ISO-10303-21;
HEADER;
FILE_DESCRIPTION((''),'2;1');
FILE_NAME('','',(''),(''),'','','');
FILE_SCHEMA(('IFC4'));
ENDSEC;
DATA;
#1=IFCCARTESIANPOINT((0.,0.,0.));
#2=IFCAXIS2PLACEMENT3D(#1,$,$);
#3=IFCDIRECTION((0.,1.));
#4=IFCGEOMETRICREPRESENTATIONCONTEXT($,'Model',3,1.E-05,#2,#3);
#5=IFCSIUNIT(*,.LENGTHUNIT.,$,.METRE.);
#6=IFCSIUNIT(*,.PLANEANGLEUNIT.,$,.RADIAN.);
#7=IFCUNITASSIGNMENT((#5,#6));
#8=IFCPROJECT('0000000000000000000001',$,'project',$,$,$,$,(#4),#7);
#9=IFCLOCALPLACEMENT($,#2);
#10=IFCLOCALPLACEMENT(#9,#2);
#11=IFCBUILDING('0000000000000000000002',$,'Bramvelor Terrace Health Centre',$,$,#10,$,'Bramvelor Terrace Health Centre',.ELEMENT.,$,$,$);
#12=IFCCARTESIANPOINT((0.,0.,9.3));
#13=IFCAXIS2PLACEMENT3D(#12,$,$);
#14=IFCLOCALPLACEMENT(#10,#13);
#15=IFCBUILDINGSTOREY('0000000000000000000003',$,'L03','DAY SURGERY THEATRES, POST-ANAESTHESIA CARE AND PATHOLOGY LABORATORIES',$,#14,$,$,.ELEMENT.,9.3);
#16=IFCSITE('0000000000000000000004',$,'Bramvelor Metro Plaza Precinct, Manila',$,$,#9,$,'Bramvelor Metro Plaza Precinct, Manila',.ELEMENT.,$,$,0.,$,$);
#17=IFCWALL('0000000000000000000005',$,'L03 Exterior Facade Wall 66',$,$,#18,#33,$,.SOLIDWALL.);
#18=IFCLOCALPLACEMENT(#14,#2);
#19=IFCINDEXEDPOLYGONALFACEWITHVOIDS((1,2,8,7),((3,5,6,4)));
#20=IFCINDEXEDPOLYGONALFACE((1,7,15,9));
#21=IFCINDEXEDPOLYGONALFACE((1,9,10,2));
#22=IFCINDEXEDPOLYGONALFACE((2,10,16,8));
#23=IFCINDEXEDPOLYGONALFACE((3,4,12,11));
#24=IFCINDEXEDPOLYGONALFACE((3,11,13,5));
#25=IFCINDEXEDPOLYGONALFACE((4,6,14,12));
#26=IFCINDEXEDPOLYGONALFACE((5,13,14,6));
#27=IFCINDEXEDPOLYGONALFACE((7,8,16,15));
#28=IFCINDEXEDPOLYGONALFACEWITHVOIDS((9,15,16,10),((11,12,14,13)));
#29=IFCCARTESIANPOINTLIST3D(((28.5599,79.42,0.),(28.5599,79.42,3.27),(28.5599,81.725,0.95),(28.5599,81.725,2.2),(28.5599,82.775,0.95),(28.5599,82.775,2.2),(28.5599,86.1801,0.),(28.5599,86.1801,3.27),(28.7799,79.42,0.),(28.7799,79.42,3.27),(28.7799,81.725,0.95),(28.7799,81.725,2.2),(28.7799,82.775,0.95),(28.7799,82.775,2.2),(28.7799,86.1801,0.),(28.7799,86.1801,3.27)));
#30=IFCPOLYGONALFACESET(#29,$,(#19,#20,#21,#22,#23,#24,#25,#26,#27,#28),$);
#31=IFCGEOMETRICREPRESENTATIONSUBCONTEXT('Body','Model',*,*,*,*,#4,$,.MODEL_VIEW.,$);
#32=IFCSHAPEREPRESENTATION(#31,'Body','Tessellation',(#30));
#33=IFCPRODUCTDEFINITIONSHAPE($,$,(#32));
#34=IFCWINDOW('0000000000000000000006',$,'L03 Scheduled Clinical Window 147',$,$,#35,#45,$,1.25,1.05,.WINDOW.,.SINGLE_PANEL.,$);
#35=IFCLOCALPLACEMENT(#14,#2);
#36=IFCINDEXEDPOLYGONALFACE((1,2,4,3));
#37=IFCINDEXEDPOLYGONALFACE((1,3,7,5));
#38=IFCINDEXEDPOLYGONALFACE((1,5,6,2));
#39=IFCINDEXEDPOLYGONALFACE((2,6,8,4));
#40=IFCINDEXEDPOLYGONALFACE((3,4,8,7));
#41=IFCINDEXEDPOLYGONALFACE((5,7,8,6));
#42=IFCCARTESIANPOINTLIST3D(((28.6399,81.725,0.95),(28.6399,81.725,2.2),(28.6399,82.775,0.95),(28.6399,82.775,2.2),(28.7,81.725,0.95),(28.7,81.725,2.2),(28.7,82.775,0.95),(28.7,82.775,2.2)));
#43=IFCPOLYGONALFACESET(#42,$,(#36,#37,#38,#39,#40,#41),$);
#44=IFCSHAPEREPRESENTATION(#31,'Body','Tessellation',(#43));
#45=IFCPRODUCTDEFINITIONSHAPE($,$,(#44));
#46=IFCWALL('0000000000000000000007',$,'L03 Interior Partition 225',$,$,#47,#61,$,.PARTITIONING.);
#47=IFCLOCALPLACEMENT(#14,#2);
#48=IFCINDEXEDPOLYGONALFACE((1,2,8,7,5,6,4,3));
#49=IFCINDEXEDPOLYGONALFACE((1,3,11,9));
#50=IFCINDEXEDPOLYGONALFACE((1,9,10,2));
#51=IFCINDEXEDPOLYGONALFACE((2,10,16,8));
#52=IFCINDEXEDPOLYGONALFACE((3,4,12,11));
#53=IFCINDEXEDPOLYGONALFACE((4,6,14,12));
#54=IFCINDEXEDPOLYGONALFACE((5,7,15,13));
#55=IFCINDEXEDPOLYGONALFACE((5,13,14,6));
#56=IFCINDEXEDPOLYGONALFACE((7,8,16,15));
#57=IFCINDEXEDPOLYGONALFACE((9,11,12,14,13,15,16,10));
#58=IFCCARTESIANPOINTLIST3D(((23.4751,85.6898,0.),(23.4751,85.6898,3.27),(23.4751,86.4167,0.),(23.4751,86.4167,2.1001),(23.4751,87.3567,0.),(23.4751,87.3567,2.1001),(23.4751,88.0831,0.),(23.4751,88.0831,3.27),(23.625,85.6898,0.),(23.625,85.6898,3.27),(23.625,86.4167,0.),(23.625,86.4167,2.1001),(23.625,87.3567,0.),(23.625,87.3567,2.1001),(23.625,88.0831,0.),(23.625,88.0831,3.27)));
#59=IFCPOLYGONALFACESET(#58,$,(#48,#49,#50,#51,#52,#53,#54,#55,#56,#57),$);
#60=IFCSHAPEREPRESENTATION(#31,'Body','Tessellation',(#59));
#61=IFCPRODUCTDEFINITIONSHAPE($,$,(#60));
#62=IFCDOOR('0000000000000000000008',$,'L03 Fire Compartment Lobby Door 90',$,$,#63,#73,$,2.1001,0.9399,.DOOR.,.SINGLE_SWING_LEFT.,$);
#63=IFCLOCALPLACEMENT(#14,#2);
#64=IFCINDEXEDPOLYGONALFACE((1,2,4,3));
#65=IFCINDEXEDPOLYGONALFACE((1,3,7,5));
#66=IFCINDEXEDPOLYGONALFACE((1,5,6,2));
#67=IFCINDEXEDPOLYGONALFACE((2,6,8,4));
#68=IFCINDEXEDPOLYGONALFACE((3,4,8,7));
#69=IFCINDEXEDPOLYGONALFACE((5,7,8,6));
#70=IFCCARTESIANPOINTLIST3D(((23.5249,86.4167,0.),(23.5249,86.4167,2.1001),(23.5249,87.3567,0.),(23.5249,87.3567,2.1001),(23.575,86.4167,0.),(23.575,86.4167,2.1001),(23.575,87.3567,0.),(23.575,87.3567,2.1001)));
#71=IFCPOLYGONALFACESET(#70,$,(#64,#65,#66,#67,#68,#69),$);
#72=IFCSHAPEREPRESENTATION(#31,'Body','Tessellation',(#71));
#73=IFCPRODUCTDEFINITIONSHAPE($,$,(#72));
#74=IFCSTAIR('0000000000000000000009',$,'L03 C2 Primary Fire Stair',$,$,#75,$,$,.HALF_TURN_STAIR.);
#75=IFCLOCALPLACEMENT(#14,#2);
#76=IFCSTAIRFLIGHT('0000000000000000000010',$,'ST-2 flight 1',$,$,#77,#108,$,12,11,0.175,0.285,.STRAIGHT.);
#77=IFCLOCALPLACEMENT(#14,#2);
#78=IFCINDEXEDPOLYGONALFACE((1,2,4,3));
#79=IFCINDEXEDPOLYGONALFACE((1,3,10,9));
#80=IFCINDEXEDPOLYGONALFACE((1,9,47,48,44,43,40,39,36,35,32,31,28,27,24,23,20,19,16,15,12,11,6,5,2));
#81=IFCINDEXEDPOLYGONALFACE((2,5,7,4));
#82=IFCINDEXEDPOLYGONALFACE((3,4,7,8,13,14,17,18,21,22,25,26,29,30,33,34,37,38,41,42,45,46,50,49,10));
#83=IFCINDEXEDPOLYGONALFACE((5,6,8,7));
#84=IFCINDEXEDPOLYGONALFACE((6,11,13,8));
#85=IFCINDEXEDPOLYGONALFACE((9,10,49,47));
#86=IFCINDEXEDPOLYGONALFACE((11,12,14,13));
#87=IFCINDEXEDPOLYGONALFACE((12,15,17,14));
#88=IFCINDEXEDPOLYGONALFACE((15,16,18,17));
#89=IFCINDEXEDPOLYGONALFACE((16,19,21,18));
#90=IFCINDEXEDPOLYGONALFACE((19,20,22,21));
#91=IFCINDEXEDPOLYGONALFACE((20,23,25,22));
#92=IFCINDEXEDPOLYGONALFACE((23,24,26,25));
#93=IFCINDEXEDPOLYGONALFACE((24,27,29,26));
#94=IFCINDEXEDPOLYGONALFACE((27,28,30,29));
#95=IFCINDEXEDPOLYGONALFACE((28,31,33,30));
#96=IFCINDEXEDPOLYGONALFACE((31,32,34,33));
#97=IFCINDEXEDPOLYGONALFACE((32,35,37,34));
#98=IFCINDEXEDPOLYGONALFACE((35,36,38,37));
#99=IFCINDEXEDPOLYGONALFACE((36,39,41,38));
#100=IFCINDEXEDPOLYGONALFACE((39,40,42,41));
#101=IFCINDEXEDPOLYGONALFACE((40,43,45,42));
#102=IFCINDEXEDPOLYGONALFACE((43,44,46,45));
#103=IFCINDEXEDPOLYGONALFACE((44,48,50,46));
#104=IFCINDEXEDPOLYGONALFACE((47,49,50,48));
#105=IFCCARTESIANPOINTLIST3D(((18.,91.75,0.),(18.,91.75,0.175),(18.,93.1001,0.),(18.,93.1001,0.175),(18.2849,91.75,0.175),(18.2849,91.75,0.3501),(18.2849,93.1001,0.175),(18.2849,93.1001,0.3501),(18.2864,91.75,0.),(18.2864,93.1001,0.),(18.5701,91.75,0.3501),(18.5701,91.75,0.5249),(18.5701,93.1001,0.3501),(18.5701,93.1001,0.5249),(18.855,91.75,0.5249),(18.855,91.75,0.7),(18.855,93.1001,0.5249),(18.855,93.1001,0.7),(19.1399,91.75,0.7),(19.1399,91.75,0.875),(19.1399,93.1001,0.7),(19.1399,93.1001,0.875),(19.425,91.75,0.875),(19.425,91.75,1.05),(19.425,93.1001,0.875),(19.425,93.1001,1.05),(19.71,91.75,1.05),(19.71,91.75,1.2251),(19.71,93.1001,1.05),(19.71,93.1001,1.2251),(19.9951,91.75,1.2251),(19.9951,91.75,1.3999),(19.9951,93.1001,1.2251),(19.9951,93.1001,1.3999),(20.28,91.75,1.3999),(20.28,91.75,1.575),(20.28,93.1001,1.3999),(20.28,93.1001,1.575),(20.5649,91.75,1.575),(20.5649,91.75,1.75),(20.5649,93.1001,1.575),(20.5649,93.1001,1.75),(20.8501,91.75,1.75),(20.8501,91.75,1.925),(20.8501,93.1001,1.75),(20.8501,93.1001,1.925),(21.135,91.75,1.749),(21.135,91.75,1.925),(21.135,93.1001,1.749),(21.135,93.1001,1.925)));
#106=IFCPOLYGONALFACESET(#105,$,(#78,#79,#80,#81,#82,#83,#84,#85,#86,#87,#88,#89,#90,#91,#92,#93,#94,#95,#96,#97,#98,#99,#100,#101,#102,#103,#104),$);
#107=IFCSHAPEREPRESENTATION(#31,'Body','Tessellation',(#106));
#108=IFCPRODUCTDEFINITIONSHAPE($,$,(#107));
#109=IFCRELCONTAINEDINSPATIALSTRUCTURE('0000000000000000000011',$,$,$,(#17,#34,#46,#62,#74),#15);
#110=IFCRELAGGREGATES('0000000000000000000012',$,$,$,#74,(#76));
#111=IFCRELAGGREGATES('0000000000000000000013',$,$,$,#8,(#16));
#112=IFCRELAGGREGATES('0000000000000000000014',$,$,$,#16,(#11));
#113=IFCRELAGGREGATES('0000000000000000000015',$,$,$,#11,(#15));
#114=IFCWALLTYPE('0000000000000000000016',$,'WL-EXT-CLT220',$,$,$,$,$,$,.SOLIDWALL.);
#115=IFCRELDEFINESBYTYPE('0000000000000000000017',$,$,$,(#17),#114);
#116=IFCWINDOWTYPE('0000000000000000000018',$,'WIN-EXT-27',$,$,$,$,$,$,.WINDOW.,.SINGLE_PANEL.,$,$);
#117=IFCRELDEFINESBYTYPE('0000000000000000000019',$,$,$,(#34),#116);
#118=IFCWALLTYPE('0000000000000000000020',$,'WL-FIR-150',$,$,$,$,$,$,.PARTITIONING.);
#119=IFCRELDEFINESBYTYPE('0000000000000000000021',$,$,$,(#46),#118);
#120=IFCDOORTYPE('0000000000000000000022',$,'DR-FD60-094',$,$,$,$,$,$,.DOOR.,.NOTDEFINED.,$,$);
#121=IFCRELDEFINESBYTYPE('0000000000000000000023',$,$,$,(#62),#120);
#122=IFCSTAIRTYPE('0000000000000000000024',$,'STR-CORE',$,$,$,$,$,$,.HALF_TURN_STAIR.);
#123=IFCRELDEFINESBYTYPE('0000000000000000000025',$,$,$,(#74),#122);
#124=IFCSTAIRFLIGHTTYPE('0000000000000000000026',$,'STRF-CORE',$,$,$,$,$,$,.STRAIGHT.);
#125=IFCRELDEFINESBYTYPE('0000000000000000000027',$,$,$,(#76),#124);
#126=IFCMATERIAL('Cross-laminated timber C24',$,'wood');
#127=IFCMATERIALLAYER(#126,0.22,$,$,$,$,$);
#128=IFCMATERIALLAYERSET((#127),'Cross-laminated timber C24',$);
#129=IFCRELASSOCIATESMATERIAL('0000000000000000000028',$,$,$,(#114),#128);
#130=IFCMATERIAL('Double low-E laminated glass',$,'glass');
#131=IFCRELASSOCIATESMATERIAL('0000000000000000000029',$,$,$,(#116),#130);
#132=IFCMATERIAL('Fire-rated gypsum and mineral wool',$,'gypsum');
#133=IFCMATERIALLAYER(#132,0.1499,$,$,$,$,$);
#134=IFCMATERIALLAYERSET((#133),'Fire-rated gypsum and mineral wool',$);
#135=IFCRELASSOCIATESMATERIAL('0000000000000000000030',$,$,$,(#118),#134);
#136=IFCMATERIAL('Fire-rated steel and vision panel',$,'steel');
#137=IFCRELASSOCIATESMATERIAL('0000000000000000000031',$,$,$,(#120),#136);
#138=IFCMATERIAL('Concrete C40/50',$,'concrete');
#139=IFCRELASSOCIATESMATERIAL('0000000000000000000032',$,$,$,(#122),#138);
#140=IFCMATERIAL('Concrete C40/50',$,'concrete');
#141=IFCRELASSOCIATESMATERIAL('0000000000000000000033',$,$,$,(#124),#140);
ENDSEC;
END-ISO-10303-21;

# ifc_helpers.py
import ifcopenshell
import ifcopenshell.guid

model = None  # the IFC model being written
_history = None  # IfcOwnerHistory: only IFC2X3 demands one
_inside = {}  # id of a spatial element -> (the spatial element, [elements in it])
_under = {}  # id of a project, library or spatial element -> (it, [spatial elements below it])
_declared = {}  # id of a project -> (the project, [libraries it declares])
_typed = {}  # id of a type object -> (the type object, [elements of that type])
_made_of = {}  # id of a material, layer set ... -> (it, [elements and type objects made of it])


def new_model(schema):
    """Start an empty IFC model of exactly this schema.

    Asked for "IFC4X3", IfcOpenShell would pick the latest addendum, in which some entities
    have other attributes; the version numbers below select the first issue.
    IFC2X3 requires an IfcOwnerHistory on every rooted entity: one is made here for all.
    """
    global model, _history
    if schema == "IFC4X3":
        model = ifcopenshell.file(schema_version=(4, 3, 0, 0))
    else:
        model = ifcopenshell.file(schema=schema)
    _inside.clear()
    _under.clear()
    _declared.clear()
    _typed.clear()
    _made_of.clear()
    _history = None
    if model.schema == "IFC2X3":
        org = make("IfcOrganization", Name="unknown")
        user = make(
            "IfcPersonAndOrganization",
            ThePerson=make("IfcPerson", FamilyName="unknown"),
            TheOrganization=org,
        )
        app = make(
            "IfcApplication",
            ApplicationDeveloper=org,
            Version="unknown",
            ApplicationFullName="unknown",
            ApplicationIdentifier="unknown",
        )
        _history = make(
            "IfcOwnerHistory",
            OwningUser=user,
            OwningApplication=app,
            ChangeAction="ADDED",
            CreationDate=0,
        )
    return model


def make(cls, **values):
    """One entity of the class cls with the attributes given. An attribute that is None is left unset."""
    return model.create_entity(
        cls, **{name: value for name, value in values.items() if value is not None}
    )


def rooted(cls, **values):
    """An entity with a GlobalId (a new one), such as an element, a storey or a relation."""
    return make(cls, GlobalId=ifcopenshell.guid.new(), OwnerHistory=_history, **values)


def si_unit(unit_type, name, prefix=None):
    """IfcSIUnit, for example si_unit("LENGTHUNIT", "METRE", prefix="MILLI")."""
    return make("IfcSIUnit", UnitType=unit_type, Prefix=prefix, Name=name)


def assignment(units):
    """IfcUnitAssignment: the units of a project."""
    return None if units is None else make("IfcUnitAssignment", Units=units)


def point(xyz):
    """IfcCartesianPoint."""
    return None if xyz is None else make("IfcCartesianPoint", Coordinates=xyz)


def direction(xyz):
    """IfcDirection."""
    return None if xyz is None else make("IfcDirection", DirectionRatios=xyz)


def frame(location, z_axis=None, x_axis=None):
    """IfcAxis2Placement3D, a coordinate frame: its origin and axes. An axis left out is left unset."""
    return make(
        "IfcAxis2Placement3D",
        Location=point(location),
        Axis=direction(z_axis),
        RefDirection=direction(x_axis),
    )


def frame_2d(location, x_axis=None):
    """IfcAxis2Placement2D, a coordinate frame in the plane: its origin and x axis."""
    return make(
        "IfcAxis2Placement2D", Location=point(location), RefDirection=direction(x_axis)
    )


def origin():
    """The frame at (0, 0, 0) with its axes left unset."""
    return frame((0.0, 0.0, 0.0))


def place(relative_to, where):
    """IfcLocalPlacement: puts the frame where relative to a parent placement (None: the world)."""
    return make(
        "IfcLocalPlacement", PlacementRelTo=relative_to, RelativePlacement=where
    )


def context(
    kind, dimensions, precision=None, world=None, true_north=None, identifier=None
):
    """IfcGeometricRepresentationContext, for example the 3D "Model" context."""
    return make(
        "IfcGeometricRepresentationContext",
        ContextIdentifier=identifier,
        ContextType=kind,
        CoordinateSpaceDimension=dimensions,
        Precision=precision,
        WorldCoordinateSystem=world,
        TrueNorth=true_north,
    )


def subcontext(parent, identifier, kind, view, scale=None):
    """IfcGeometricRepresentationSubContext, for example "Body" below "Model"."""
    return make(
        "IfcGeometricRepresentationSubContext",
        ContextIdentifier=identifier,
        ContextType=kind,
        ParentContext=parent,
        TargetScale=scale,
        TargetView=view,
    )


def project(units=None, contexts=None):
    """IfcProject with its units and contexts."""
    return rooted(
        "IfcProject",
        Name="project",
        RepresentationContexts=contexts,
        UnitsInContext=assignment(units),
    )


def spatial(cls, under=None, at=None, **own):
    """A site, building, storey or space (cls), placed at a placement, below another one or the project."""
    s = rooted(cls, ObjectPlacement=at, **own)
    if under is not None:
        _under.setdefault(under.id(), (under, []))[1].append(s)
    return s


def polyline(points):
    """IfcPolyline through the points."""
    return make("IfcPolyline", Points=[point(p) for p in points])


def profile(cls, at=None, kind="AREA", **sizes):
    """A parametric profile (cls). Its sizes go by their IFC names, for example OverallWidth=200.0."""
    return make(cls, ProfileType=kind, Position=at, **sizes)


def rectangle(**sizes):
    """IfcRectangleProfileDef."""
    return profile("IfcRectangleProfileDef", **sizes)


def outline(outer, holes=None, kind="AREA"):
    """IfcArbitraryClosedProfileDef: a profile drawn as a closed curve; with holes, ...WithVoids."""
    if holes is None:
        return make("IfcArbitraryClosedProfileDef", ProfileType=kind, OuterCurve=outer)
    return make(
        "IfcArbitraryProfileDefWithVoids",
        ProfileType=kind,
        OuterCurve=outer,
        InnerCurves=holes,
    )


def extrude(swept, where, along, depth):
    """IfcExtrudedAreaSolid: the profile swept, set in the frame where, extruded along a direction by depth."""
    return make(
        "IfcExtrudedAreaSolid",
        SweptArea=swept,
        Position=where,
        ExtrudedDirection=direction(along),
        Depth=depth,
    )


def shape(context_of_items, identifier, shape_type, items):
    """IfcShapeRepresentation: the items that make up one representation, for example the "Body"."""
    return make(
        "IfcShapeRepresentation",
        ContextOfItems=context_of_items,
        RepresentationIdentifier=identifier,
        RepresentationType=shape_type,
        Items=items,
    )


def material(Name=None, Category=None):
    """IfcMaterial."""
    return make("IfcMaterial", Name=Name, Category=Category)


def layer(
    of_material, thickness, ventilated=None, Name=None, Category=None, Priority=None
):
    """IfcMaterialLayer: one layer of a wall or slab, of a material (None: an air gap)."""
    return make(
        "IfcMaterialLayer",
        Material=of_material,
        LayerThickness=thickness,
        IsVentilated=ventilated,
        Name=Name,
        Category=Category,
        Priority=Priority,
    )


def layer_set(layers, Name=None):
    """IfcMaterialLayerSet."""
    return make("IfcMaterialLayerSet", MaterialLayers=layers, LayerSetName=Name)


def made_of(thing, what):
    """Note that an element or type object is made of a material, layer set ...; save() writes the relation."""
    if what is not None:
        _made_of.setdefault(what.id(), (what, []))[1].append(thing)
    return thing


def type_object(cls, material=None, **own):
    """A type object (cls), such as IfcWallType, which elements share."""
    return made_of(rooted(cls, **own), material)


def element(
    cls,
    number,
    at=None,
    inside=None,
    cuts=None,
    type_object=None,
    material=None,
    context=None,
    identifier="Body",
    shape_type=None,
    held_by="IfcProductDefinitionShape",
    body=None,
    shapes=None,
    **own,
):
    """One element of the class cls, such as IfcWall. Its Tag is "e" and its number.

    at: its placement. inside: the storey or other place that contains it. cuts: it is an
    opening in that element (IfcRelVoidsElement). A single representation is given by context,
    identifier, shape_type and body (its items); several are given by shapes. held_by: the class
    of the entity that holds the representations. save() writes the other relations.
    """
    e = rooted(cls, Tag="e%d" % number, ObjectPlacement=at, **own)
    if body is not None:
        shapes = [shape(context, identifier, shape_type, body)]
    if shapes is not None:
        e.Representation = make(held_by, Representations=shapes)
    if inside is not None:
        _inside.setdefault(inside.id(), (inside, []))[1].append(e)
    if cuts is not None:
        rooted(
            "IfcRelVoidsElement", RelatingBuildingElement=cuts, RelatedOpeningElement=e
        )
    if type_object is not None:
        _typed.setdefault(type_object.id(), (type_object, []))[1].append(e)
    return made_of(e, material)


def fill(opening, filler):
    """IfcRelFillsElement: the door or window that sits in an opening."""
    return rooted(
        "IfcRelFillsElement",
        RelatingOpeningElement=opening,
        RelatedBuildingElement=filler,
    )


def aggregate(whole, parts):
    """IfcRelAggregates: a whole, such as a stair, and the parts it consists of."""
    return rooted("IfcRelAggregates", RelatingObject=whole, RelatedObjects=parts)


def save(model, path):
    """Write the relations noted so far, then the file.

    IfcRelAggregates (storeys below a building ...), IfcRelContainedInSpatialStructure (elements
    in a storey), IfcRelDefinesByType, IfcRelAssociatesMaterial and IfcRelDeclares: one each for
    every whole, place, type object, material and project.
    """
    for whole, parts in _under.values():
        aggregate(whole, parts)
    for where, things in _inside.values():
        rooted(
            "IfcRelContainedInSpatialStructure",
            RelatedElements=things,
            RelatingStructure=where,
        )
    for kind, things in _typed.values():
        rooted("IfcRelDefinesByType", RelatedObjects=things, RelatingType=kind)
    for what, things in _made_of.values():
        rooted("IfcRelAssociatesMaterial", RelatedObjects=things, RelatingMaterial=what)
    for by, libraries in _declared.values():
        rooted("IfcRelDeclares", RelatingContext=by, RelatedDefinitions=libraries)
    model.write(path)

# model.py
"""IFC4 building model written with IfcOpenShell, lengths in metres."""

from ifc_helpers import new_model, si_unit, direction, frame, frame_2d, origin, place, context, subcontext, project, spatial, polyline, rectangle, outline, extrude, material, layer, layer_set, type_object, element, fill, aggregate, save


model = new_model("IFC4")

# Units and contexts
model_context = context("Model", 3, precision=1e-05, world=origin(), true_north=direction((0.0, 1.0)))
body_context = subcontext(model_context, "Body", "Model", "MODEL_VIEW")
ifc_project = project(units=[si_unit("LENGTHUNIT", "METRE"), si_unit("PLANEANGLEUNIT", "RADIAN")], contexts=[model_context])

# Site, building, storey
site_placement = place(None, origin())
site = spatial("IfcSite", under=ifc_project, at=site_placement, Name="Bramvelor Metro Plaza Precinct, Manila", LongName="Bramvelor Metro Plaza Precinct, Manila", CompositionType="ELEMENT", RefElevation=0.0)
building_placement = place(site_placement, origin())
building = spatial("IfcBuilding", under=site, at=building_placement, Name="Bramvelor Terrace Health Centre", LongName="Bramvelor Terrace Health Centre", CompositionType="ELEMENT")
storey_placement = place(building_placement, frame((0.0, 0.0, 9.3)))
storey = spatial("IfcBuildingStorey", under=building, at=storey_placement, Name="L03", Description="DAY SURGERY THEATRES, POST-ANAESTHESIA CARE AND PATHOLOGY LABORATORIES", CompositionType="ELEMENT", Elevation=9.3)

# Wall, opening, window
ifc_material_1 = material(Name="Cross-laminated timber C24", Category="wood")
ifc_layer_1 = layer(ifc_material_1, 0.22)
ifc_layer_set_1 = layer_set([ifc_layer_1], Name="Cross-laminated timber C24")
wall_type_1 = type_object("IfcWallType", Name="WL-EXT-CLT220", PredefinedType="SOLIDWALL", material=ifc_layer_set_1)
wall_1_placement = place(storey_placement, frame((28.6699, 86.1799, 0.0), z_axis=(0.0, 0.0, 1.0), x_axis=(0.0, -1.0, 0.0)))
wall_1 = element("IfcWall", 1, at=wall_1_placement, inside=storey, type_object=wall_type_1, Name="L03 Exterior Facade Wall 66", PredefinedType="SOLIDWALL", context=body_context, shape_type="SweptSolid", body=[
    extrude(rectangle(XDim=6.76, YDim=0.22, at=frame_2d((3.3799, 0.0))), origin(), (0.0, 0.0, 1.0), 3.27),
])
opening_1_placement = place(wall_1_placement, frame((3.405, 0.0, 0.95)))
opening_1 = element("IfcOpeningElement", 2, at=opening_1_placement, cuts=wall_1, PredefinedType="OPENING", context=body_context, shape_type="SweptSolid", body=[
    extrude(rectangle(XDim=1.05, YDim=1.25, at=frame_2d((0.5249, 0.625))), frame((0.0, 0.1199, 0.0), z_axis=(0.0, -1.0, 0.0), x_axis=(1.0, 0.0, 0.0)), (0.0, 0.0, 1.0), 0.24),
])
ifc_material_2 = material(Name="Double low-E laminated glass", Category="glass")
window_type = type_object("IfcWindowType", Name="WIN-EXT-27", PartitioningType="SINGLE_PANEL", PredefinedType="WINDOW", material=ifc_material_2)
window_placement = place(opening_1_placement, origin())
window = element("IfcWindow", 3, at=window_placement, inside=storey, type_object=window_type, Name="L03 Scheduled Clinical Window 147", OverallHeight=1.25, OverallWidth=1.05, PartitioningType="SINGLE_PANEL", PredefinedType="WINDOW", context=body_context, shape_type="SweptSolid", body=[
    extrude(rectangle(XDim=1.05, YDim=1.25, at=frame_2d((0.5249, 0.625))), frame((0.0, 0.03, 0.0), z_axis=(0.0, -1.0, 0.0), x_axis=(1.0, 0.0, 0.0)), (0.0, 0.0, 1.0), 0.0601),
])
fill(opening_1, window)

# Wall, opening, door
ifc_material_3 = material(Name="Fire-rated gypsum and mineral wool", Category="gypsum")
ifc_layer_2 = layer(ifc_material_3, 0.1499)
ifc_layer_set_2 = layer_set([ifc_layer_2], Name="Fire-rated gypsum and mineral wool")
wall_type_2 = type_object("IfcWallType", Name="WL-FIR-150", PredefinedType="PARTITIONING", material=ifc_layer_set_2)
wall_2_placement = place(storey_placement, frame((23.55, 88.0833, 0.0), z_axis=(0.0, 0.0, 1.0), x_axis=(0.0, -1.0, 0.0)))
wall_2 = element("IfcWall", 4, at=wall_2_placement, inside=storey, type_object=wall_type_2, Name="L03 Interior Partition 225", PredefinedType="PARTITIONING", context=body_context, shape_type="SweptSolid", body=[
    extrude(rectangle(XDim=2.3933, YDim=0.1499, at=frame_2d((1.1968, 0.0))), origin(), (0.0, 0.0, 1.0), 3.27),
])
opening_2_placement = place(wall_2_placement, frame((0.7266, 0.0, 0.0)))
opening_2 = element("IfcOpeningElement", 5, at=opening_2_placement, cuts=wall_2, PredefinedType="OPENING", context=body_context, shape_type="SweptSolid", body=[
    extrude(rectangle(XDim=0.9399, YDim=2.1001, at=frame_2d((0.47, 1.05))), frame((0.0, 0.085, 0.0), z_axis=(0.0, -1.0, 0.0), x_axis=(1.0, 0.0, 0.0)), (0.0, 0.0, 1.0), 0.1699),
])
ifc_material_4 = material(Name="Fire-rated steel and vision panel", Category="steel")
door_type_1 = type_object("IfcDoorType", Name="DR-FD60-094", OperationType="NOTDEFINED", PredefinedType="DOOR", material=ifc_material_4)
door_1_placement = place(opening_2_placement, origin())
door_1 = element("IfcDoor", 6, at=door_1_placement, inside=storey, type_object=door_type_1, Name="L03 Fire Compartment Lobby Door 90", OperationType="SINGLE_SWING_LEFT", OverallHeight=2.1001, OverallWidth=0.9399, PredefinedType="DOOR", context=body_context, shape_type="SweptSolid", body=[
    extrude(rectangle(XDim=0.9399, YDim=2.1001, at=frame_2d((0.47, 1.05))), frame((0.0, 0.0249, 0.0), z_axis=(0.0, -1.0, 0.0), x_axis=(1.0, 0.0, 0.0)), (0.0, 0.0, 1.0), 0.05),
])
fill(opening_2, door_1)

# Stair, stair flight
ifc_material_5 = material(Name="Concrete C40/50", Category="concrete")
stair_type = type_object("IfcStairType", Name="STR-CORE", PredefinedType="HALF_TURN_STAIR", material=ifc_material_5)
stair_placement = place(storey_placement, origin())
stair = element("IfcStair", 7, at=stair_placement, inside=storey, type_object=stair_type, Name="L03 C2 Primary Fire Stair", PredefinedType="HALF_TURN_STAIR")
ifc_material_6 = material(Name="Concrete C40/50", Category="concrete")
stair_flight_type = type_object("IfcStairFlightType", Name="STRF-CORE", PredefinedType="STRAIGHT", material=ifc_material_6)
stair_flight_placement = place(storey_placement, frame((18.0, 92.425, 0.0), z_axis=(0.0, 0.0, 1.0), x_axis=(1.0, 0.0, 0.0)))
stair_flight = element("IfcStairFlight", 8, at=stair_flight_placement, type_object=stair_flight_type, Name="ST-2 flight 1", NumberOfRisers=12, NumberOfTreads=11, PredefinedType="STRAIGHT", RiserHeight=0.175, TreadLength=0.285, context=body_context, shape_type="SweptSolid", body=[
    extrude(outline(polyline([(0.0, 0.0), (0.0, 0.175), (0.2849, 0.175), (0.2849, 0.3501), (0.5701, 0.3501), (0.5701, 0.5249), (0.855, 0.5249), (0.855, 0.7), (1.1399, 0.7), (1.1399, 0.875), (1.425, 0.875), (1.425, 1.05), (1.71, 1.05), (1.71, 1.2251), (1.9951, 1.2251), (1.9951, 1.3999), (2.28, 1.3999), (2.28, 1.575), (2.5649, 1.575), (2.5649, 1.75), (2.8501, 1.75), (2.8501, 1.925), (3.135, 1.925), (3.135, 2.1001), (3.135, 1.749), (0.2864, 0.0), (0.0, 0.0)])), frame((0.0, 0.675, 0.0), z_axis=(0.0, -1.0, 0.0), x_axis=(1.0, 0.0, 0.0)), (0.0, 0.0, 1.0), 1.3501),
])
aggregate(stair, [stair_flight])

save(model, "model.ifc")
